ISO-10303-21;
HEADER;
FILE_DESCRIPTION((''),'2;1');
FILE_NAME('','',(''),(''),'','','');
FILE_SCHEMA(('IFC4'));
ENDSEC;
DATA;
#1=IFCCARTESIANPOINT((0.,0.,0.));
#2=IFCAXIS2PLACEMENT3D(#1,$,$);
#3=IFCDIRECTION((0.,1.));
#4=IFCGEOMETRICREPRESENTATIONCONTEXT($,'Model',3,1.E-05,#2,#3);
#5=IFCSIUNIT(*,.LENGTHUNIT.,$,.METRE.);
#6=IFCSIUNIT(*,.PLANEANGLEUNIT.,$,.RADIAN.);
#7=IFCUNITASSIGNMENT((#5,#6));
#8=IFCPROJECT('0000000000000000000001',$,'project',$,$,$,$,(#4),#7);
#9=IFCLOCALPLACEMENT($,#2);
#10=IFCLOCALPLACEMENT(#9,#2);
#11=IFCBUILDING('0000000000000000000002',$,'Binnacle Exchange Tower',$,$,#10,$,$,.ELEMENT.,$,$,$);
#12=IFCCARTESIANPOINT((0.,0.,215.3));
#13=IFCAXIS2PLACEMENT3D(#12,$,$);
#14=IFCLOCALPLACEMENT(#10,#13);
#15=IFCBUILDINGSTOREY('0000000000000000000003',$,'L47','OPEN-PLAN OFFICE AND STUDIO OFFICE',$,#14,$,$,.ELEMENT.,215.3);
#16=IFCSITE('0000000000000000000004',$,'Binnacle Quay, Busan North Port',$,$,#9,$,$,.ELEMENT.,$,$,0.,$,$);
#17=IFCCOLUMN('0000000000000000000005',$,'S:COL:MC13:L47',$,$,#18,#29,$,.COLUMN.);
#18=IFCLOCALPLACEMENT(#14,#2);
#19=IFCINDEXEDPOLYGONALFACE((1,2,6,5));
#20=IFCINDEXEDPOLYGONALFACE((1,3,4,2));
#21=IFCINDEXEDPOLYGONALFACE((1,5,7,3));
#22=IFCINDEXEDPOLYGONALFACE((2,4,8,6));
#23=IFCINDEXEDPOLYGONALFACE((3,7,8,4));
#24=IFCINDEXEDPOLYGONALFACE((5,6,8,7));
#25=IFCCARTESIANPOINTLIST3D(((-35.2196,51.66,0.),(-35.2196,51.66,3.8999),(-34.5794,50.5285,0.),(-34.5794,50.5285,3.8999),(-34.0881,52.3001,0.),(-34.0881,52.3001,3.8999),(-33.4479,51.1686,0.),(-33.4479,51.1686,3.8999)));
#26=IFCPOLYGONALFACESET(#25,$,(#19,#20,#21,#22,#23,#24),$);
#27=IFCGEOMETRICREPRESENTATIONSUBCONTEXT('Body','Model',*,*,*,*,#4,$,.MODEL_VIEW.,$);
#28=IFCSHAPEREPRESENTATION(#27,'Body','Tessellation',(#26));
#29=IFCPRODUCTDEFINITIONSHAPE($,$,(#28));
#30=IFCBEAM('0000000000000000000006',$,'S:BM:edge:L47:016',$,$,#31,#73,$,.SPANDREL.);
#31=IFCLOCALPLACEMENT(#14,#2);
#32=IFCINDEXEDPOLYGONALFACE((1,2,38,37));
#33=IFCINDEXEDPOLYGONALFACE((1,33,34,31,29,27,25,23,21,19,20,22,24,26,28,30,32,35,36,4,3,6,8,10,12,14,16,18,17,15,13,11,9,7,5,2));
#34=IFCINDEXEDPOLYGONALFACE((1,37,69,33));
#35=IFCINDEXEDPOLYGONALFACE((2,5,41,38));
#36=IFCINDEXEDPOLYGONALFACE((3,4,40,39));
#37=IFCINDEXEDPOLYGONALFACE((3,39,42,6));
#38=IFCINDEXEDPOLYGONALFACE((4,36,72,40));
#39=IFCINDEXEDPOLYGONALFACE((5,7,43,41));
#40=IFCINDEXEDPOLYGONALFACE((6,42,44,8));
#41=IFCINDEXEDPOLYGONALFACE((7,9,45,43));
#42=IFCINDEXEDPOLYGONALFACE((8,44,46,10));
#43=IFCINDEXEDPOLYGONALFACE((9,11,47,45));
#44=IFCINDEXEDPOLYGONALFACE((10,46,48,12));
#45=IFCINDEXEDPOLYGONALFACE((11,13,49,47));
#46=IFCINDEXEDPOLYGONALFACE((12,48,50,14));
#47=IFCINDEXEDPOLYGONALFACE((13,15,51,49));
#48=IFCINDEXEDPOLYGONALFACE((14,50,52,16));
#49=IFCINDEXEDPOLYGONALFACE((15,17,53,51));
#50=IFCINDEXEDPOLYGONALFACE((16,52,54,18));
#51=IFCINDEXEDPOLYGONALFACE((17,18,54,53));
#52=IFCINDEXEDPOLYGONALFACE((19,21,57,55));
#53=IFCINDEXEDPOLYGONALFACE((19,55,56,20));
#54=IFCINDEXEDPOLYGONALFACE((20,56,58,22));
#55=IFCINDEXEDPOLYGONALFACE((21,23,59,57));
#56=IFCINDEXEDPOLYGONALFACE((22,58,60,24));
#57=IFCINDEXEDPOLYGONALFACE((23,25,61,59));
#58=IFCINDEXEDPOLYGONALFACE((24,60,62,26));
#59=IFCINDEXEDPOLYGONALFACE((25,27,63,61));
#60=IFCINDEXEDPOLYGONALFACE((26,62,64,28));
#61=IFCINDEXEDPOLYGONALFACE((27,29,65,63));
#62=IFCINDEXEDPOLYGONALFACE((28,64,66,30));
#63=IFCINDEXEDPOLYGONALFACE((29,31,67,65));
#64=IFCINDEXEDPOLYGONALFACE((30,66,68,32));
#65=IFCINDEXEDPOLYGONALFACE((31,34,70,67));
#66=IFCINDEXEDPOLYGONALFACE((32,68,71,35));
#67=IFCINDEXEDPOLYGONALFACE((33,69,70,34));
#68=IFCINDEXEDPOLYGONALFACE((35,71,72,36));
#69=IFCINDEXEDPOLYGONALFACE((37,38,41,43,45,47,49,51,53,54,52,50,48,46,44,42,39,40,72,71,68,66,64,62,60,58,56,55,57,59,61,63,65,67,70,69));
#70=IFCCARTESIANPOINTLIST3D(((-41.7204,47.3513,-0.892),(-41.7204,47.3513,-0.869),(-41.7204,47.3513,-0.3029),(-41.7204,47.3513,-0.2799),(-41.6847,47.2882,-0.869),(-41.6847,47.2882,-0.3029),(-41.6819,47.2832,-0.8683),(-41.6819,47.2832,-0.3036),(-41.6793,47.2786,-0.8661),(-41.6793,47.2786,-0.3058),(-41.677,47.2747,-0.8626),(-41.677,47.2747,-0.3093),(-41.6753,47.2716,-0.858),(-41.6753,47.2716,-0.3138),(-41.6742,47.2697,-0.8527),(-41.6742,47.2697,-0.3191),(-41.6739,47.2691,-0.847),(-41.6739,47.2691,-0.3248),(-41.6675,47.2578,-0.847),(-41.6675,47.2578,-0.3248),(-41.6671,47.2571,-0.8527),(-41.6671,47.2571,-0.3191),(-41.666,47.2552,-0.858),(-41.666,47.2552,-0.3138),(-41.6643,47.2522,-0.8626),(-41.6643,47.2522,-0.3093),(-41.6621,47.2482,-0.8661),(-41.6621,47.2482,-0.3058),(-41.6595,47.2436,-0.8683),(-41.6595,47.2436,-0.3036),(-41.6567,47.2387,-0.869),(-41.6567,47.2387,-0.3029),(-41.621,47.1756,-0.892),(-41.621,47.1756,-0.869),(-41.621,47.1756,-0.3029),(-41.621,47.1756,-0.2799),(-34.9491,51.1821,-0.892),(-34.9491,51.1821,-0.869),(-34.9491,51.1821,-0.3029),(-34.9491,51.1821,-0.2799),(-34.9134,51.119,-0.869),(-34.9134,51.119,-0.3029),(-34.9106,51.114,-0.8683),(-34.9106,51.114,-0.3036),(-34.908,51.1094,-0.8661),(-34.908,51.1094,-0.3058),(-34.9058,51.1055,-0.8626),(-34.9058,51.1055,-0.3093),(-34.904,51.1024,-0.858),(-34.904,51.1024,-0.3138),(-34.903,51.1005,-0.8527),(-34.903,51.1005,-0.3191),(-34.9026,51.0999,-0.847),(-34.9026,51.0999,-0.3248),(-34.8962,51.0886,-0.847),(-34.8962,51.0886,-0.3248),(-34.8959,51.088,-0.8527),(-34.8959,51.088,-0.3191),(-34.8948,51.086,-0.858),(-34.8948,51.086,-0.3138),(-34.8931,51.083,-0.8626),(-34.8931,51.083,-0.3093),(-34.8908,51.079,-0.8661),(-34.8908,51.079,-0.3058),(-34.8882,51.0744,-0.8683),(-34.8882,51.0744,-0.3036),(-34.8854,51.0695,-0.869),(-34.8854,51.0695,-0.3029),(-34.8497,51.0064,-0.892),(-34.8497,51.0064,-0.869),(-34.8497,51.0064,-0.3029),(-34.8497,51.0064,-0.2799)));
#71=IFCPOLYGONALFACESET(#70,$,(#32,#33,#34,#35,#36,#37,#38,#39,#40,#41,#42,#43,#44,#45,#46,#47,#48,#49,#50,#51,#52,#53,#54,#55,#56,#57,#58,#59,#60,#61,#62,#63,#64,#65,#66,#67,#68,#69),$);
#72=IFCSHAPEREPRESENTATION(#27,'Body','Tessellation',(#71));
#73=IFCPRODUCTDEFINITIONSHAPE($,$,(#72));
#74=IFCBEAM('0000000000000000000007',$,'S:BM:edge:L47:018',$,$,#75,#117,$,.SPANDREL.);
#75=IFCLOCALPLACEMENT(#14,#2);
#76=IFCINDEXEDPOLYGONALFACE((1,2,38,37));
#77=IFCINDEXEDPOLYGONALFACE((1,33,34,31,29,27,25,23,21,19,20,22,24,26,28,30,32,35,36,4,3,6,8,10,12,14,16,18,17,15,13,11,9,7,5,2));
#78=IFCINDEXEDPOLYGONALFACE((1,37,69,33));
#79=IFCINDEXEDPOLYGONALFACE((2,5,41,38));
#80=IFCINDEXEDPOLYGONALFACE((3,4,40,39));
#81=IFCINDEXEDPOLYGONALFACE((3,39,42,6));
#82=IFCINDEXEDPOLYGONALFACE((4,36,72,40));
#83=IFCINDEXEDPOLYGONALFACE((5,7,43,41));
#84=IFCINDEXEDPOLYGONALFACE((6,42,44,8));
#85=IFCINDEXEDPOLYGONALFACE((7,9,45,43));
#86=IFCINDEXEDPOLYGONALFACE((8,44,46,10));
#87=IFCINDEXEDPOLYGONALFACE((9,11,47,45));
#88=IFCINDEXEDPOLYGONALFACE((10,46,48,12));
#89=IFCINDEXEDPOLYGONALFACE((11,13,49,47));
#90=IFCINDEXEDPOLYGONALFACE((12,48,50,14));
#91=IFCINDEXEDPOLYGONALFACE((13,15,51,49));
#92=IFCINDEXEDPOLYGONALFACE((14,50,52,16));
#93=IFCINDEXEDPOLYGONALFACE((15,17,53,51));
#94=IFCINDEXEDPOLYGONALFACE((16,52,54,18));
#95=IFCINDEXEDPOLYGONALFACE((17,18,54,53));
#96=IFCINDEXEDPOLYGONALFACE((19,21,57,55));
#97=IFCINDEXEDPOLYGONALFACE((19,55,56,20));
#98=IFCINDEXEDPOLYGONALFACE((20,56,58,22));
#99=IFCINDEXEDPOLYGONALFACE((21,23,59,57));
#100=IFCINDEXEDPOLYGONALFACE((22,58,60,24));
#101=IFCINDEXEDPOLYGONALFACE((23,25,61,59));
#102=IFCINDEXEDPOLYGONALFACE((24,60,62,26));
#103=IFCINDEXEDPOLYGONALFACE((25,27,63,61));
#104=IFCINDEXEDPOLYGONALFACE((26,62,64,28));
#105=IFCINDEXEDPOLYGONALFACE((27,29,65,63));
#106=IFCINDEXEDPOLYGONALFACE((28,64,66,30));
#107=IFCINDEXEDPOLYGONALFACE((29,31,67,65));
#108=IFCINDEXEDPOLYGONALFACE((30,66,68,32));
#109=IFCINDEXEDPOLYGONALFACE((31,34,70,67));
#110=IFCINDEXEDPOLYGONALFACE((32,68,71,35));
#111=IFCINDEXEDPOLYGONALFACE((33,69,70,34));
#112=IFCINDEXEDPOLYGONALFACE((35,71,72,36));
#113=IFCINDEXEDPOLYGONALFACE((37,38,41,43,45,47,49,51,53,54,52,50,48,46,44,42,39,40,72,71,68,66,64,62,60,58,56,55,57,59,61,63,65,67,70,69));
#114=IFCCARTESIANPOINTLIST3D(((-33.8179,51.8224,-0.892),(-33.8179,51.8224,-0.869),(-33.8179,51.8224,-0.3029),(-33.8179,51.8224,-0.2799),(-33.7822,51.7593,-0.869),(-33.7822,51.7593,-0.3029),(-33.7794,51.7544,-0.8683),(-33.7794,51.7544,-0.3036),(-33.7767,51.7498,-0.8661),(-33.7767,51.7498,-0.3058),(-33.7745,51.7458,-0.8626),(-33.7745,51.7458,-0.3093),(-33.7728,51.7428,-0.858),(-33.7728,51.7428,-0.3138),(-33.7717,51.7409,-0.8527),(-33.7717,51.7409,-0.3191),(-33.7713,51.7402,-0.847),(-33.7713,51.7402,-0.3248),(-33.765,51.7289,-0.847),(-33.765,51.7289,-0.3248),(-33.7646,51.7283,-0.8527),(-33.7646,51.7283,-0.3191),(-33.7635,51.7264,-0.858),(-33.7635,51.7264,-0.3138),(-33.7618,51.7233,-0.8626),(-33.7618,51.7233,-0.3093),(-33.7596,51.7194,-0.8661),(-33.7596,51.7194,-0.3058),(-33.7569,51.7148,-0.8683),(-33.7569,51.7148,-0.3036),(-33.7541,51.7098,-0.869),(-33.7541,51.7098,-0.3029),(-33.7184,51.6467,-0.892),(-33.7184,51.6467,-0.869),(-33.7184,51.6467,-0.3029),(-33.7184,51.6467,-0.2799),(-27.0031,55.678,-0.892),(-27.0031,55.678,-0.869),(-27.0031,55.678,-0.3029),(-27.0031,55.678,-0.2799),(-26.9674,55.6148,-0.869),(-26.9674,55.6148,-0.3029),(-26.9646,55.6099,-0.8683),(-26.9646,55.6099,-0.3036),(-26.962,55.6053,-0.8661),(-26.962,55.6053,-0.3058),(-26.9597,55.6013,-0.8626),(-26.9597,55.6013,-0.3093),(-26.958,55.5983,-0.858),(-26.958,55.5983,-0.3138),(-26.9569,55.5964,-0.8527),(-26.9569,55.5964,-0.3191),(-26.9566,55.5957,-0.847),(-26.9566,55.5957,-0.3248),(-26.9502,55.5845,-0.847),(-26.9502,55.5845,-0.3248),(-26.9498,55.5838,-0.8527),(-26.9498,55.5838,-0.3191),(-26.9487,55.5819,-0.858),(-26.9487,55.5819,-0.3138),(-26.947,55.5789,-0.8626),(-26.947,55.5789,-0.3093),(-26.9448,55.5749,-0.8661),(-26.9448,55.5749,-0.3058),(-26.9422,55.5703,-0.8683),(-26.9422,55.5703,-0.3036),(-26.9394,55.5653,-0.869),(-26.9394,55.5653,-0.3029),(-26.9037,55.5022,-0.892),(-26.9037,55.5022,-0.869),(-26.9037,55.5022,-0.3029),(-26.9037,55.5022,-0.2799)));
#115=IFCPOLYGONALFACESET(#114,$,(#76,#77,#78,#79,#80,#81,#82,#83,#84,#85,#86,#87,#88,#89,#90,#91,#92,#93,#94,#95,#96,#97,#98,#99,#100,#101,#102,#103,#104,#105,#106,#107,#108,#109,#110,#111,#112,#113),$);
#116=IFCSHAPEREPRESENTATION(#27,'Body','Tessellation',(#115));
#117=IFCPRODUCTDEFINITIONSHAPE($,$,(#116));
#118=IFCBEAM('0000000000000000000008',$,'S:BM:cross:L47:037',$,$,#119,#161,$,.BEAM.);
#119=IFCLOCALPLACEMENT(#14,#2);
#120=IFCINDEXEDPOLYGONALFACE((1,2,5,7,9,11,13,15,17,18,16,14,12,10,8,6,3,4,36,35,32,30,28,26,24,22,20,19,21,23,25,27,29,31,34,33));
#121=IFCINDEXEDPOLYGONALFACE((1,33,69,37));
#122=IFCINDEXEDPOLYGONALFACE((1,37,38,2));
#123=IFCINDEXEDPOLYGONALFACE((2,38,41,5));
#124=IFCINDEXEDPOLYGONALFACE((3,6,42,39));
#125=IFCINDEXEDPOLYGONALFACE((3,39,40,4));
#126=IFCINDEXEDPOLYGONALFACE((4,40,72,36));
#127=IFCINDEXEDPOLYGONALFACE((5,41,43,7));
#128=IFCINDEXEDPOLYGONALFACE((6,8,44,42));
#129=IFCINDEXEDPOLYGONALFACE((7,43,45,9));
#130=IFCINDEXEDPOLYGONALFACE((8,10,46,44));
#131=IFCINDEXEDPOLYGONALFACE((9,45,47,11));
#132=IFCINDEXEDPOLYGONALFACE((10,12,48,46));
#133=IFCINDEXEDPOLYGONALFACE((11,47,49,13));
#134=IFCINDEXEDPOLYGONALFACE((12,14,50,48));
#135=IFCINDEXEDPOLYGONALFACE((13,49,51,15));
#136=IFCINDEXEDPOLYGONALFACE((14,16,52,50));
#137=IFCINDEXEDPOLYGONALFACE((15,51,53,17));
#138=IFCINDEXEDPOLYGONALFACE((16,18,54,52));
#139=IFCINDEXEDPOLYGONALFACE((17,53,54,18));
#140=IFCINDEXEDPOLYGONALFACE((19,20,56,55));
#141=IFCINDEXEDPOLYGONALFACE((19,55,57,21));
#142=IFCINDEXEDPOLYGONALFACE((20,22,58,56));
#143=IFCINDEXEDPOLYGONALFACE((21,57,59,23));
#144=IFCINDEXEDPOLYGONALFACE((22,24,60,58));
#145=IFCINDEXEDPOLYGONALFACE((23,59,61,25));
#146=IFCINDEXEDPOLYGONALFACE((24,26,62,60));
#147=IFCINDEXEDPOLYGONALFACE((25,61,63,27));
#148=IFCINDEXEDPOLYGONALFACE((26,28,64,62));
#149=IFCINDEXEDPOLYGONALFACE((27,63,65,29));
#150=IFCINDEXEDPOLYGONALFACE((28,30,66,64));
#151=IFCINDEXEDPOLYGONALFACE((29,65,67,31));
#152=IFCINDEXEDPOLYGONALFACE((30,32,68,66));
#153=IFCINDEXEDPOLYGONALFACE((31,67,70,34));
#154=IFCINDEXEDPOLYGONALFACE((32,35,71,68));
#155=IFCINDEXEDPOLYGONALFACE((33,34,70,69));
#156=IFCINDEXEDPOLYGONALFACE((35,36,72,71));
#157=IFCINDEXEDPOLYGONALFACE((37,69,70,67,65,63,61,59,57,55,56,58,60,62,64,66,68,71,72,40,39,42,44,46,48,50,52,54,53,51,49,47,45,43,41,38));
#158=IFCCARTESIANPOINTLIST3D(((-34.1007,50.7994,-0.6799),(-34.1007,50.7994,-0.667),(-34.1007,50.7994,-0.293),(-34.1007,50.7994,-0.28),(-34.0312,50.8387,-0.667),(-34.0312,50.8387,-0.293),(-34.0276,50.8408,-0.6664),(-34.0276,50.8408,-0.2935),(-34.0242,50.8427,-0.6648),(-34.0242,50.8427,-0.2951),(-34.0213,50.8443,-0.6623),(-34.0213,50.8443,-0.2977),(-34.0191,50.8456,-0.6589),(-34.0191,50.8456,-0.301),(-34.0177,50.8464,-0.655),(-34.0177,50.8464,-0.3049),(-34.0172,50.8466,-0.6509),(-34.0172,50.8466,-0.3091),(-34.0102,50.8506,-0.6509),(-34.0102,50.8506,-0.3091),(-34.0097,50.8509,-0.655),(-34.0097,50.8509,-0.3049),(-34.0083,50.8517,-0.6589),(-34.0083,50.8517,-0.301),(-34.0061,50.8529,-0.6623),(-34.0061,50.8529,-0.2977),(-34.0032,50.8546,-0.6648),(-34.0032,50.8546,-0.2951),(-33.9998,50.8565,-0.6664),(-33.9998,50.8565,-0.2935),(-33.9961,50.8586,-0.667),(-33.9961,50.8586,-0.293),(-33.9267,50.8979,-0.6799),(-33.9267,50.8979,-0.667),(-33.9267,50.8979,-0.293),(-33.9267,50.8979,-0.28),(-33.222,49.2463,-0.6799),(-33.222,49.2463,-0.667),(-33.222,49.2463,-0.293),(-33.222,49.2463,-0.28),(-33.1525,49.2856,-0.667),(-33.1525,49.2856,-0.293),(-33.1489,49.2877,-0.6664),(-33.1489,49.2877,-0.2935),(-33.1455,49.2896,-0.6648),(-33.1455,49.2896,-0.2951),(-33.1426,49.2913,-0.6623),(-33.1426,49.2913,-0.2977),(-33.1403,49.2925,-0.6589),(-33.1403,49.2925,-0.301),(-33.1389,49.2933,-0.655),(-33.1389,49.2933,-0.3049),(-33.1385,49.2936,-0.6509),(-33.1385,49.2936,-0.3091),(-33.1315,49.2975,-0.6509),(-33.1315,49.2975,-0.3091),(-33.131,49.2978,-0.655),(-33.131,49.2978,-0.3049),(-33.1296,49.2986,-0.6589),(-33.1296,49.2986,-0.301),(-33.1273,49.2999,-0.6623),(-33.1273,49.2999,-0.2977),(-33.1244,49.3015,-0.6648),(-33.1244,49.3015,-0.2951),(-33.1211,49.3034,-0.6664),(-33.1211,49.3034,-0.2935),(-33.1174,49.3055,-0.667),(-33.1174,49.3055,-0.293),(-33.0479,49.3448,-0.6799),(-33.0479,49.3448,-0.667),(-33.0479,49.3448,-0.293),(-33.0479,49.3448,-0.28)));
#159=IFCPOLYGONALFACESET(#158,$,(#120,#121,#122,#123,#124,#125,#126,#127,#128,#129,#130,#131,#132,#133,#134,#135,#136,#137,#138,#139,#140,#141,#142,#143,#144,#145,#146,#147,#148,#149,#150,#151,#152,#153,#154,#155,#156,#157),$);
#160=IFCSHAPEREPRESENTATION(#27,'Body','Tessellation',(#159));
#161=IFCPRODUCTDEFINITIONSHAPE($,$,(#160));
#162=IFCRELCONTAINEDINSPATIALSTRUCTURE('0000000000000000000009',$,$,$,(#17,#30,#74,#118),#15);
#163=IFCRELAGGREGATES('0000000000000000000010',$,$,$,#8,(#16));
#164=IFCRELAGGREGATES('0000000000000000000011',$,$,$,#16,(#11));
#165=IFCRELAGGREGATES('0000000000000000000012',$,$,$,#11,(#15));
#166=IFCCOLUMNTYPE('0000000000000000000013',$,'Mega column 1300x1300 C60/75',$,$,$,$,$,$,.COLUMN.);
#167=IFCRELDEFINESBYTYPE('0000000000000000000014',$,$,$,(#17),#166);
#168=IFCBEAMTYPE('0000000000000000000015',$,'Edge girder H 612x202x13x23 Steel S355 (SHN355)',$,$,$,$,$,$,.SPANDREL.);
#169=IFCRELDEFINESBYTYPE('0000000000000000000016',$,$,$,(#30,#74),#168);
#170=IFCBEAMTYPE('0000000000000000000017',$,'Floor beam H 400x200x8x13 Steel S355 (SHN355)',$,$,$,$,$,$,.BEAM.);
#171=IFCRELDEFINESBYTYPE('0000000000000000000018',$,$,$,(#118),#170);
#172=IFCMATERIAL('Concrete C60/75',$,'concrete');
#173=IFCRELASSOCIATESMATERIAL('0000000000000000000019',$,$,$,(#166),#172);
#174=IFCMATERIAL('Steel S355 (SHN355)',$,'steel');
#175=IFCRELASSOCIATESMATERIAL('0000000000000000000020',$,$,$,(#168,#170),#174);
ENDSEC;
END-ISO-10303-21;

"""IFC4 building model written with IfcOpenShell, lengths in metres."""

from ifc_helpers import new_model, si_unit, direction, frame, origin, origin_2d, place, context, subcontext, project, spatial, rectangle, i_section, extrude, material, material_profile, profile_set, type_object, element, save


model = new_model("IFC4")

# Units and contexts
model_context = context("Model", 3, precision=1e-05, world=origin(), true_north=direction((0.0, 1.0)))
body_context = subcontext(model_context, "Body", "Model", "MODEL_VIEW")
ifc_project = project(units=[si_unit("LENGTHUNIT", "METRE"), si_unit("PLANEANGLEUNIT", "RADIAN")], contexts=[model_context])

# Site, building, storey
site_placement = place(None, origin())
site = spatial("IfcSite", under=ifc_project, at=site_placement, Name="Binnacle Quay, Busan North Port", CompositionType="ELEMENT", RefElevation=0.0)
building_placement = place(site_placement, origin())
building = spatial("IfcBuilding", under=site, at=building_placement, Name="Binnacle Exchange Tower", CompositionType="ELEMENT")
storey_placement = place(building_placement, frame((0.0, 0.0, 215.3)))
storey = spatial("IfcBuildingStorey", under=building, at=storey_placement, Name="L47", Description="OPEN-PLAN OFFICE AND STUDIO OFFICE", CompositionType="ELEMENT", Elevation=215.3)

# Column
ifc_material_1 = material(Name="Concrete C60/75", Category="concrete")
ifc_material_profile_1 = material_profile(ifc_material_1, rectangle(XDim=1.3, YDim=1.3, at=origin_2d()), Name="Mega column 1300x1300 C60/75")
ifc_profile_set_1 = profile_set([ifc_material_profile_1], Name="Concrete C60/75")
column_type = type_object("IfcColumnType", Name="Mega column 1300x1300 C60/75", PredefinedType="COLUMN", material=ifc_profile_set_1)
column_placement = place(storey_placement, frame((-34.3337, 51.4143, 0.0), z_axis=(0.0, 0.0, 1.0), x_axis=(-0.870356, -0.492424, 0.0)))
element("IfcColumn", 1, at=column_placement, inside=storey, type_object=column_type, Name="S:COL:MC13:L47", PredefinedType="COLUMN", context=body_context, shape_type="SweptSolid", body=[
    extrude(rectangle(XDim=1.3, YDim=1.3, at=origin_2d()), origin(), (0.0, 0.0, 1.0), 3.8999),
])

# Beams
ifc_material_2 = material(Name="Steel S355 (SHN355)", Category="steel")
ifc_material_profile_2 = material_profile(ifc_material_2, i_section(OverallWidth=0.2019, OverallDepth=0.6121, WebThickness=0.0129, FlangeThickness=0.0229, FilletRadius=0.022, at=origin_2d()), Name="H 612x202x13x23")
ifc_profile_set_2 = profile_set([ifc_material_profile_2], Name="Steel S355 (SHN355)")
beam_type_1 = type_object("IfcBeamType", Name="Edge girder H 612x202x13x23 Steel S355 (SHN355)", PredefinedType="SPANDREL", material=ifc_profile_set_2)
beam_1_placement = place(storey_placement, frame((-34.8994, 51.0942, -0.5859), z_axis=(-0.870365, -0.492407, 0.0), x_axis=(0.492407, -0.870365, 0.0)))
element("IfcBeam", 2, at=beam_1_placement, inside=storey, type_object=beam_type_1, Name="S:BM:edge:L47:016", PredefinedType="SPANDREL", context=body_context, shape_type="SweptSolid", body=[
    extrude(i_section(OverallWidth=0.2019, OverallDepth=0.6121, WebThickness=0.0129, FlangeThickness=0.0229, FilletRadius=0.022, at=origin_2d()), origin(), (0.0, 0.0, 1.0), 7.7798),
])
beam_2_placement = place(storey_placement, frame((-26.9534, 55.5901, -0.5859), z_axis=(-0.870361, -0.492414, 0.0), x_axis=(0.492414, -0.870361, 0.0)))
element("IfcBeam", 3, at=beam_2_placement, inside=storey, type_object=beam_type_1, Name="S:BM:edge:L47:018", PredefinedType="SPANDREL", context=body_context, shape_type="SweptSolid", body=[
    extrude(i_section(OverallWidth=0.2019, OverallDepth=0.6121, WebThickness=0.0129, FlangeThickness=0.0229, FilletRadius=0.022, at=origin_2d()), origin(), (0.0, 0.0, 1.0), 7.8298),
])
ifc_material_profile_3 = material_profile(ifc_material_2, i_section(OverallWidth=0.2, OverallDepth=0.3999, WebThickness=0.0081, FlangeThickness=0.0129, FilletRadius=0.0161, at=origin_2d()), Name="H 400x200x8x13")
ifc_profile_set_3 = profile_set([ifc_material_profile_3], Name="Steel S355 (SHN355)")
beam_type_2 = type_object("IfcBeamType", Name="Floor beam H 400x200x8x13 Steel S355 (SHN355)", PredefinedType="BEAM", material=ifc_profile_set_3)
beam_3_placement = place(storey_placement, frame((-34.0137, 50.8486, -0.48), z_axis=(0.492436, -0.870349, 0.0), x_axis=(0.870349, 0.492436, 0.0)))
element("IfcBeam", 4, at=beam_3_placement, inside=storey, type_object=beam_type_2, Name="S:BM:cross:L47:037", PredefinedType="BEAM", context=body_context, shape_type="SweptSolid", body=[
    extrude(i_section(OverallWidth=0.2, OverallDepth=0.3999, WebThickness=0.0081, FlangeThickness=0.0129, FilletRadius=0.0161, at=origin_2d()), origin(), (0.0, 0.0, 1.0), 1.7844),
])

save(model, "model.ifc")
